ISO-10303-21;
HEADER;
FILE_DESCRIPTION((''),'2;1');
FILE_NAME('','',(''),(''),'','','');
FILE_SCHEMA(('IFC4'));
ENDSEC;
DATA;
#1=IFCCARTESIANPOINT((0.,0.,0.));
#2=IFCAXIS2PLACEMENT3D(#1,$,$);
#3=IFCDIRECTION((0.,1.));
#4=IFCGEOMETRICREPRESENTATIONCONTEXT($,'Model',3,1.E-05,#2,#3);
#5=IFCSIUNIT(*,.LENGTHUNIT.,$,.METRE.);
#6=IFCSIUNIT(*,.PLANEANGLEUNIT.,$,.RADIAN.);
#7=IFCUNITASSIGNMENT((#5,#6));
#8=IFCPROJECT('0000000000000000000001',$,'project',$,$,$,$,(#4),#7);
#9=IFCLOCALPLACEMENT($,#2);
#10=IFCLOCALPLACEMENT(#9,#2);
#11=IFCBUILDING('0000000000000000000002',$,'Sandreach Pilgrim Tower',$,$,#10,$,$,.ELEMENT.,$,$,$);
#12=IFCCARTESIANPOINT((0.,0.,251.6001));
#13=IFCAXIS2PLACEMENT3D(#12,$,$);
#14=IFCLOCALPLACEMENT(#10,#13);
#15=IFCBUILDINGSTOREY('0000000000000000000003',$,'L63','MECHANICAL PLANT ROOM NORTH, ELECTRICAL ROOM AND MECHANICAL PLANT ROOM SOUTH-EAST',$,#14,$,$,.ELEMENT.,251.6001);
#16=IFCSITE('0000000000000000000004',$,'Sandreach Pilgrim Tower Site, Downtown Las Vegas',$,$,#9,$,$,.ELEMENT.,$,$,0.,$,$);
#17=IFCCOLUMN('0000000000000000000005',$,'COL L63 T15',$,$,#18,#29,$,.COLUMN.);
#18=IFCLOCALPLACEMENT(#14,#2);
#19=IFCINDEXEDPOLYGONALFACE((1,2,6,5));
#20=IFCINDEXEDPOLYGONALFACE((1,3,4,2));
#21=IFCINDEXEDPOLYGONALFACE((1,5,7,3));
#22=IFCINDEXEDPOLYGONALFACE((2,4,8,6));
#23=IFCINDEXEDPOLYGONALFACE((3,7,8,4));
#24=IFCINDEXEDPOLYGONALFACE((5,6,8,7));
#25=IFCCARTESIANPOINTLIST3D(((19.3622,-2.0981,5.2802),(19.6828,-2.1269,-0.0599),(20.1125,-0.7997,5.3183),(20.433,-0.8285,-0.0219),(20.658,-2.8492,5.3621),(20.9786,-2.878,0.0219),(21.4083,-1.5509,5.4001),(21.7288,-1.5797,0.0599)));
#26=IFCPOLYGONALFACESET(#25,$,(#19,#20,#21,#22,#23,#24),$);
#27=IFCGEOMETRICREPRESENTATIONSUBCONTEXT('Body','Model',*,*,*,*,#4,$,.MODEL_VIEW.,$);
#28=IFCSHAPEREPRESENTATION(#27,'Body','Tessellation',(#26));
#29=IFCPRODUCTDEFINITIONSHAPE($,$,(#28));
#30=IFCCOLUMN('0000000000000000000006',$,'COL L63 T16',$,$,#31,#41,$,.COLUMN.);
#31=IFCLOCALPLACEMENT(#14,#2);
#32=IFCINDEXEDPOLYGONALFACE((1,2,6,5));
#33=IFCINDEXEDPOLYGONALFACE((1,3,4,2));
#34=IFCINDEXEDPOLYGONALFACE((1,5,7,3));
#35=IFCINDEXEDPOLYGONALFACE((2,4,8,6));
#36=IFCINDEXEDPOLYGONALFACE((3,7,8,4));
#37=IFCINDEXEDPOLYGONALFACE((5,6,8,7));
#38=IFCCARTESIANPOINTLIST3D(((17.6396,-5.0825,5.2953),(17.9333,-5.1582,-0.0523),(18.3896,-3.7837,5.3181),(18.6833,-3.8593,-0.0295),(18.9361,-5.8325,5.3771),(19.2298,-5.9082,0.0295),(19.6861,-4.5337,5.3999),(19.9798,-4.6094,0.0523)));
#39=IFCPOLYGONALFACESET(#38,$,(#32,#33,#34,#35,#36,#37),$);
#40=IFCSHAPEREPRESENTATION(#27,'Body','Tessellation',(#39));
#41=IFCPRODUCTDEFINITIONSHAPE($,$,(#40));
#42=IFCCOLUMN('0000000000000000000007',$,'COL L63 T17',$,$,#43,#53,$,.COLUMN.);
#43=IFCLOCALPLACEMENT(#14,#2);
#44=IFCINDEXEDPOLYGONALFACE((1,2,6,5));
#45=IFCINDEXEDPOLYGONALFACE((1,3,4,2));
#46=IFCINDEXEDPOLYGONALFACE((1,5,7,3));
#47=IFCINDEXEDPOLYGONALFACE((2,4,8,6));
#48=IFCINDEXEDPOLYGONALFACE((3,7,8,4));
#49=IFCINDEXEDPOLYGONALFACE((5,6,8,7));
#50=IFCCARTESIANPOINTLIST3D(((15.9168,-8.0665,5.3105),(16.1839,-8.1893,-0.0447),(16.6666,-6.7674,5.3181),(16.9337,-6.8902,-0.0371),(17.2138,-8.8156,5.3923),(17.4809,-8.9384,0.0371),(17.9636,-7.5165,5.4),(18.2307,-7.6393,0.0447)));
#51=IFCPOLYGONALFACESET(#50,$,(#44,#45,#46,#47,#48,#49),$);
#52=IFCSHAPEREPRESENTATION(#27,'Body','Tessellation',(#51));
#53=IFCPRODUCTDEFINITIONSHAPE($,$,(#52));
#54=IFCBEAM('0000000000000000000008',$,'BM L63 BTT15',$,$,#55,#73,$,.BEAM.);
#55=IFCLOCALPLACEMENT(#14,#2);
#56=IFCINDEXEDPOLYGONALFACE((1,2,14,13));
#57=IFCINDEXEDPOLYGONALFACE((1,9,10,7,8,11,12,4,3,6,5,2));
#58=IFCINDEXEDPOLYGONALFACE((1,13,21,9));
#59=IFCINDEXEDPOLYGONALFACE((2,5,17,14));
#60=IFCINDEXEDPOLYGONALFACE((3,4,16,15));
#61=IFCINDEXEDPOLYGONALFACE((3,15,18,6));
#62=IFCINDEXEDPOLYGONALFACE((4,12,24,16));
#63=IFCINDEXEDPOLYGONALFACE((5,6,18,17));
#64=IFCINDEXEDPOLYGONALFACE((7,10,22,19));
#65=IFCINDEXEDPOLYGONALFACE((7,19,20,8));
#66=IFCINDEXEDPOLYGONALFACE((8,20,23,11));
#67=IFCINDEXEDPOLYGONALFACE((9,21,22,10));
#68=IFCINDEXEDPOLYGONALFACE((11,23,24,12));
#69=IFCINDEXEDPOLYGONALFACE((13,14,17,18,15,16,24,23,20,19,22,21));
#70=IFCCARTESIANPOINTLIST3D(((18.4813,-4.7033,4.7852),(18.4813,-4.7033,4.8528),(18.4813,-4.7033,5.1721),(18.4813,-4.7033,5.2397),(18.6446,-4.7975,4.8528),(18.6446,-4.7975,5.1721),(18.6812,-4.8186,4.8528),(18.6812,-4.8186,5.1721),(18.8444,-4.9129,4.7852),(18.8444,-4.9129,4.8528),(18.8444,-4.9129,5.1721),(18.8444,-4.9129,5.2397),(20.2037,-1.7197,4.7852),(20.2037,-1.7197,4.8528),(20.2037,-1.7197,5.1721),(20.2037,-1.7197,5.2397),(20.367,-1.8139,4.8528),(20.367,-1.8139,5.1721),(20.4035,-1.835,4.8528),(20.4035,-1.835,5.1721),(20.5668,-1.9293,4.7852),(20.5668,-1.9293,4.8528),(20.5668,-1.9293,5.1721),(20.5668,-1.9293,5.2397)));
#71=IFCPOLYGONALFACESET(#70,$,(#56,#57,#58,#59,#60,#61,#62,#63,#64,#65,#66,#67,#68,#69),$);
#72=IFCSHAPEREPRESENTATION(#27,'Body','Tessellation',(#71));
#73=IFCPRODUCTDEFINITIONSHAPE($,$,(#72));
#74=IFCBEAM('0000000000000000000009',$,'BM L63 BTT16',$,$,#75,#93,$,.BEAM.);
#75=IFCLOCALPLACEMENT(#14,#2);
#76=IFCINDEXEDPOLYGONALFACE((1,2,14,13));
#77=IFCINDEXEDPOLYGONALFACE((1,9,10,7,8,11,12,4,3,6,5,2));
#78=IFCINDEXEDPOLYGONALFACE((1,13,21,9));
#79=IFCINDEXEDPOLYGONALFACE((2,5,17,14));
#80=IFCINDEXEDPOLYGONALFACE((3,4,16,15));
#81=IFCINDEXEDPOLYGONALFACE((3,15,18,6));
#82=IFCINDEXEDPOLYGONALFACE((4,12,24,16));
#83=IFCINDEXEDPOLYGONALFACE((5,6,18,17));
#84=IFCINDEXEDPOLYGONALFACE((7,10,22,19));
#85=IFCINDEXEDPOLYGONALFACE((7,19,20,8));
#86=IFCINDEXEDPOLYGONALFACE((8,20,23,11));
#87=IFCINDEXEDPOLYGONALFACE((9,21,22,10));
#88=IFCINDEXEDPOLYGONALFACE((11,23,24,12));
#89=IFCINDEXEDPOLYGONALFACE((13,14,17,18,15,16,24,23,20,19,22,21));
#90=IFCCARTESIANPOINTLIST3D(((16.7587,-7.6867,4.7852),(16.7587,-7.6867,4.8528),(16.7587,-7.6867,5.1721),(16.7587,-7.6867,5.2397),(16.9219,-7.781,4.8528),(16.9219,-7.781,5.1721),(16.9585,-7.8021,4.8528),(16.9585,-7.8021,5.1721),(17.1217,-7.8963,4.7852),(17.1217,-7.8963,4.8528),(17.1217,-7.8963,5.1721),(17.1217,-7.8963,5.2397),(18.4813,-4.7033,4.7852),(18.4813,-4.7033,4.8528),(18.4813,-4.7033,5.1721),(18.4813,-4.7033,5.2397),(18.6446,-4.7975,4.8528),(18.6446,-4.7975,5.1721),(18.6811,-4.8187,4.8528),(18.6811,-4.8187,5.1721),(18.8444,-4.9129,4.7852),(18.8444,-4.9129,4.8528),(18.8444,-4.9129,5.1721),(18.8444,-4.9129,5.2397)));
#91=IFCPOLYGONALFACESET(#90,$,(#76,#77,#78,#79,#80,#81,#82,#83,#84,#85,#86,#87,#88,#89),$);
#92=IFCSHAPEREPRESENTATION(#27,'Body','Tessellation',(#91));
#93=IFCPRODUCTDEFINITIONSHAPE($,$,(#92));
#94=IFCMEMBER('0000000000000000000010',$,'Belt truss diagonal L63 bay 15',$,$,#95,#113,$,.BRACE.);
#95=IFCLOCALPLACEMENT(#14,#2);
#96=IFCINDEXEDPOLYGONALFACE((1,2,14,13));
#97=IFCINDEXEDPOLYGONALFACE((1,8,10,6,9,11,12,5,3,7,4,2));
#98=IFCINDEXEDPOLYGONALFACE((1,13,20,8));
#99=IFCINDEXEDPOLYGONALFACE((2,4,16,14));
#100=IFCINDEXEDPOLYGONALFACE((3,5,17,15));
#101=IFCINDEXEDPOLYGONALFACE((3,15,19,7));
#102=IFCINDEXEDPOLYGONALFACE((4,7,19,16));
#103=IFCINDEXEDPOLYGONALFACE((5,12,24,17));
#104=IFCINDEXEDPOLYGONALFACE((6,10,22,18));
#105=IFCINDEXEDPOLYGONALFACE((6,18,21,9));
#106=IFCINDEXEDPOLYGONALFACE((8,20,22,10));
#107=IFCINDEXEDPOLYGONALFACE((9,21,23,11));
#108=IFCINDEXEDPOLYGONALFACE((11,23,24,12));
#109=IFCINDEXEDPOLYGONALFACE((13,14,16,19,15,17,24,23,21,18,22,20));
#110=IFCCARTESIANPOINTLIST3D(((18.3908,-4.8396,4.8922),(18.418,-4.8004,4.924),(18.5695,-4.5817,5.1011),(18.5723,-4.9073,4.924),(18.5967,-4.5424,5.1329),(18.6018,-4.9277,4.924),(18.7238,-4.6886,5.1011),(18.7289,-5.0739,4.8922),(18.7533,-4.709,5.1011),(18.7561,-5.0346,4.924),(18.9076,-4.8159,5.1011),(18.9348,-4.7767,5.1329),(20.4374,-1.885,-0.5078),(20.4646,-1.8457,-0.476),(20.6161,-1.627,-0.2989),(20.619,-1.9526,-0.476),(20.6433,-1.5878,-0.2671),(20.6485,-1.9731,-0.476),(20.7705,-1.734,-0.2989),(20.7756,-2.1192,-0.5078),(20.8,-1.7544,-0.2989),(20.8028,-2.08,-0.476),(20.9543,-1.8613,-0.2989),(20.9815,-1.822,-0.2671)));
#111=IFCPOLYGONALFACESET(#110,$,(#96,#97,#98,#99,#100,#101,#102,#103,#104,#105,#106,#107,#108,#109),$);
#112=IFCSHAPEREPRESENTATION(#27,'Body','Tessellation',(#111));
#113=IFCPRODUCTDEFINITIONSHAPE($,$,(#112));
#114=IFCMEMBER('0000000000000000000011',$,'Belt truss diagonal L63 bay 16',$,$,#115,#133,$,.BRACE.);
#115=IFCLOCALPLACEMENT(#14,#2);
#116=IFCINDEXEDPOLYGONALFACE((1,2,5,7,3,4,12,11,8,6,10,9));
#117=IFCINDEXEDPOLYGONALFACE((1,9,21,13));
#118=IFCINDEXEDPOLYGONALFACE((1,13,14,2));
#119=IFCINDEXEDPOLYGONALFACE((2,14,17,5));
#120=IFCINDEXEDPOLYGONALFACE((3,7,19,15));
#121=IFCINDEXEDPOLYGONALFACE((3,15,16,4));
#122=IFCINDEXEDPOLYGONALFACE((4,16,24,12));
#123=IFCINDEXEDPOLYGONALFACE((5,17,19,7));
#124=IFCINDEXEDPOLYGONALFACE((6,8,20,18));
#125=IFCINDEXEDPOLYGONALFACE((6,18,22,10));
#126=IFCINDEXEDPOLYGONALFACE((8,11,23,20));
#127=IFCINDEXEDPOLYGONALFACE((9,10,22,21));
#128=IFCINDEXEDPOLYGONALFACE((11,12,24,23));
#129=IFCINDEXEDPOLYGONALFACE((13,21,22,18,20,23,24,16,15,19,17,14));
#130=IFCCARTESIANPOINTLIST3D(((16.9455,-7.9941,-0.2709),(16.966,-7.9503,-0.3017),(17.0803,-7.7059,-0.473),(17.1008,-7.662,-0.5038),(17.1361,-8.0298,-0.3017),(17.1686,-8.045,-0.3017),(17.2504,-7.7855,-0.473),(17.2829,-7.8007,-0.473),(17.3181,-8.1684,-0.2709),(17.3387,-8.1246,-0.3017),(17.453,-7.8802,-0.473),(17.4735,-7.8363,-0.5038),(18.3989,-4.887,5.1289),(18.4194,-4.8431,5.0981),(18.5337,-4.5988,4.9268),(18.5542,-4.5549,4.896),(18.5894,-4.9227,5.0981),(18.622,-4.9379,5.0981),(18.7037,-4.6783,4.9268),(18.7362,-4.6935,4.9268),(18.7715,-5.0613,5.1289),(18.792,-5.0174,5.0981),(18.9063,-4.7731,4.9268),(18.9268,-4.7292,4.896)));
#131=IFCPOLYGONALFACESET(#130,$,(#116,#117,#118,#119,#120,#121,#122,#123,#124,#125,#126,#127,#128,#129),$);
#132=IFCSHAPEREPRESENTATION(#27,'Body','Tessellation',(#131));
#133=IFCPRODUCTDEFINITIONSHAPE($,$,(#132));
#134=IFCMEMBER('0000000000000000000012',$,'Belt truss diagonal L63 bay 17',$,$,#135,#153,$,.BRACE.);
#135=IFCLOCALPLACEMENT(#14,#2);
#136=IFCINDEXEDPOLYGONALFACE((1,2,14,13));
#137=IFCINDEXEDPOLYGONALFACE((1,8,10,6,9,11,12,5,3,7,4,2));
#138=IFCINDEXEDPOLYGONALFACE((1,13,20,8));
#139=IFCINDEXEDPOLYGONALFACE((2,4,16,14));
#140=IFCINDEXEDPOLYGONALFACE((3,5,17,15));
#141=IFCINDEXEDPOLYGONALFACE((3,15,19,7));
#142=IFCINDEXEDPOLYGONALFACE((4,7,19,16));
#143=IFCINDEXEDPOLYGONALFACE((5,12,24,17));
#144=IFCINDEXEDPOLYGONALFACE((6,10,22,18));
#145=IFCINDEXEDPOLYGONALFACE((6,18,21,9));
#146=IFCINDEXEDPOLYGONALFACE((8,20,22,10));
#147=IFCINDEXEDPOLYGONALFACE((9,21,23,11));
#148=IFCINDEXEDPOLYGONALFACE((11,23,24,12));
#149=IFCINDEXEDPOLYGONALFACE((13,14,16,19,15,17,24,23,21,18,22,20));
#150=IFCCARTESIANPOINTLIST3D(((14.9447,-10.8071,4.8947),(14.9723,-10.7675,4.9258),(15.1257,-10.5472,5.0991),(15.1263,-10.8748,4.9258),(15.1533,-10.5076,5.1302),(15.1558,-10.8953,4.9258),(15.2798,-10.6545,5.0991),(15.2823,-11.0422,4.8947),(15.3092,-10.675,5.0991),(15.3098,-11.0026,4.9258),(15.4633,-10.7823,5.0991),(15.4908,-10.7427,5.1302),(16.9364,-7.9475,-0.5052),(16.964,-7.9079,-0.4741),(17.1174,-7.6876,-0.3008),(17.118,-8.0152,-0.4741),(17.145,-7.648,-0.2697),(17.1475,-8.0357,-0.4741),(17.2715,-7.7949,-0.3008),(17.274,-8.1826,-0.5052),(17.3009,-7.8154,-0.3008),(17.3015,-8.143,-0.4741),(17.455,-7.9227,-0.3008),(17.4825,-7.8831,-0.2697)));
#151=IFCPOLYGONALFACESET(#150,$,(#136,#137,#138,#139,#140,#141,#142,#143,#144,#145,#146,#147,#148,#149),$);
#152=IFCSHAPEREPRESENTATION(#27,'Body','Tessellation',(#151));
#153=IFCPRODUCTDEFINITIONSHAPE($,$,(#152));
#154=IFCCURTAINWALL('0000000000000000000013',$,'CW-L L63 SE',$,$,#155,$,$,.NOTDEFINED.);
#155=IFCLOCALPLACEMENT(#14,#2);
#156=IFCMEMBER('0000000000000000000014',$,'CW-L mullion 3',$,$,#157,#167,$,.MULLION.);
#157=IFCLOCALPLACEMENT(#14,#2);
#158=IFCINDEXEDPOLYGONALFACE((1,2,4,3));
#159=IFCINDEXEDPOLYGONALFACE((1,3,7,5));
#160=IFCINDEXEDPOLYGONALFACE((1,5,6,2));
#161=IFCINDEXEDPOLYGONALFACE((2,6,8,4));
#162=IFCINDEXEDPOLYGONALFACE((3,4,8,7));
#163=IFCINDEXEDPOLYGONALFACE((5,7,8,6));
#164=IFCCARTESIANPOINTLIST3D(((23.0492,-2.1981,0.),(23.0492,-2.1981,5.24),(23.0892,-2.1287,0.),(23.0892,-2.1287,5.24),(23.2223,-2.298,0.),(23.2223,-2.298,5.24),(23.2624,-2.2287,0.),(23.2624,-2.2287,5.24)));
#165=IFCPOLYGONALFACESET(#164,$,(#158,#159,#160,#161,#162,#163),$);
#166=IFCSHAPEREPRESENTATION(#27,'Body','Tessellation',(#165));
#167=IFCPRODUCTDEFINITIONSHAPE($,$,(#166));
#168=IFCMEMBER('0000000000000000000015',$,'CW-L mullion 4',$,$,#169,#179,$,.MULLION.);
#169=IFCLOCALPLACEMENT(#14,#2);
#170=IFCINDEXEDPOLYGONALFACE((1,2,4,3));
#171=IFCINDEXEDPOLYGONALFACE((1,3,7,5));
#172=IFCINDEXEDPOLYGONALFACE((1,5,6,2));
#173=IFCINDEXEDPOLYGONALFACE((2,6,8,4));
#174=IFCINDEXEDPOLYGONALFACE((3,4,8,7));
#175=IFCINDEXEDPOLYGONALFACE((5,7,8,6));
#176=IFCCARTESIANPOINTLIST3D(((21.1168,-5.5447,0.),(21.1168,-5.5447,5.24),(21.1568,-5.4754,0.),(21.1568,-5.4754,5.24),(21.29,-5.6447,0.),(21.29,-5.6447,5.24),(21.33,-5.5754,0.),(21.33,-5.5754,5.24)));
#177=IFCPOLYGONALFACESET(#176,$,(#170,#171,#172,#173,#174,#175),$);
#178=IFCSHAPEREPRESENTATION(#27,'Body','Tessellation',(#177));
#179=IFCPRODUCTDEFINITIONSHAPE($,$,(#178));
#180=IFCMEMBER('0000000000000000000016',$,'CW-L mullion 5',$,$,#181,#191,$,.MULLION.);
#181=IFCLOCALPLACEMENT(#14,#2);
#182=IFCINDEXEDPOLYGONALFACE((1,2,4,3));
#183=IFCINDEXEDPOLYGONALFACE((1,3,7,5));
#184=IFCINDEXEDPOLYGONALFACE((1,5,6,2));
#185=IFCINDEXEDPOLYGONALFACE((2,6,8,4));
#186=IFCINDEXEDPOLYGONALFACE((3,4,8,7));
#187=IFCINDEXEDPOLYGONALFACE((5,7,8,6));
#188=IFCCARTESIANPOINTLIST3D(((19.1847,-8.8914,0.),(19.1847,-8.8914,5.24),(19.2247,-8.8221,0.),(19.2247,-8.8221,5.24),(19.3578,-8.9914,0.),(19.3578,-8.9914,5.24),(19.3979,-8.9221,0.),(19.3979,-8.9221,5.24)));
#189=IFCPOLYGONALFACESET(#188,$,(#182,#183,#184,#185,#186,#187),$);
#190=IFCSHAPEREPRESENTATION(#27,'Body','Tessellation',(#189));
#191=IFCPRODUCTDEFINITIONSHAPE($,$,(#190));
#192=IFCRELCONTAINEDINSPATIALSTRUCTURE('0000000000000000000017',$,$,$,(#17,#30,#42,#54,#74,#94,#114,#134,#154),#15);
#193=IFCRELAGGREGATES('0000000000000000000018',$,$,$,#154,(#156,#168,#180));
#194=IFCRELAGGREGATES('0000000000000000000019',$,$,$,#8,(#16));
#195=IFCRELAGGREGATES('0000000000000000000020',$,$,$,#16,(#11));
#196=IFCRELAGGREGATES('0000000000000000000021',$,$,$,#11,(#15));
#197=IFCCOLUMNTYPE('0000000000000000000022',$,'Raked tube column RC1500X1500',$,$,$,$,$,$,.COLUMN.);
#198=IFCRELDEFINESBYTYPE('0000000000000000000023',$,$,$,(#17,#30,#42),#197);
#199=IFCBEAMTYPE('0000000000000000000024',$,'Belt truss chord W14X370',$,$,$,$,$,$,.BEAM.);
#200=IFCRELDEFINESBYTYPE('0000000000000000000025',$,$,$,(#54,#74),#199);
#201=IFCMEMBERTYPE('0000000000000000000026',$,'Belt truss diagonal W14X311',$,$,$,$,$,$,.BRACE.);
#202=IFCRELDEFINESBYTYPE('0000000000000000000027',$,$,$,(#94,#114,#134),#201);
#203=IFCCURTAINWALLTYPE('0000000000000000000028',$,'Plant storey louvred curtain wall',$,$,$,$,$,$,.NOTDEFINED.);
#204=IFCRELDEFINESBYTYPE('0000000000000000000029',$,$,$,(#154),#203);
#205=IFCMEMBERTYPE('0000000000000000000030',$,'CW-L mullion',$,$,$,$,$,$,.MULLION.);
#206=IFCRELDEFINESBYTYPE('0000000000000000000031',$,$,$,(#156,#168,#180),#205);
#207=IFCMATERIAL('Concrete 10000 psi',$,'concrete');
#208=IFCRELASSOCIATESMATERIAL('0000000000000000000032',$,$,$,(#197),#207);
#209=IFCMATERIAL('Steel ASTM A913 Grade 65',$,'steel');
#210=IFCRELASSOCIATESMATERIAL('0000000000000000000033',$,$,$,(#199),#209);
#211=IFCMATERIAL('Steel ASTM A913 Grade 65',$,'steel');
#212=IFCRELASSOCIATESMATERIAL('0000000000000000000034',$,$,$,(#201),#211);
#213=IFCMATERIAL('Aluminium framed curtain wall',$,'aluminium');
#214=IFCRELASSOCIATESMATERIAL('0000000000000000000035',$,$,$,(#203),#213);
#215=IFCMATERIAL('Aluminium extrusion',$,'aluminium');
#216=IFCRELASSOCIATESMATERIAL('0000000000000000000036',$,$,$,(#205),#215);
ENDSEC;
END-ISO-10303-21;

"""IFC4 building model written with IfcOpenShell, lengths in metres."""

from ifc_helpers import new_model, si_unit, direction, frame, origin, origin_2d, place, context, subcontext, project, spatial, rectangle, i_section, extrude, material, material_profile, profile_set, type_object, element, aggregate, save


model = new_model("IFC4")

# Units and contexts
model_context = context("Model", 3, precision=1e-05, world=origin(), true_north=direction((0.0, 1.0)))
body_context = subcontext(model_context, "Body", "Model", "MODEL_VIEW")
ifc_project = project(units=[si_unit("LENGTHUNIT", "METRE"), si_unit("PLANEANGLEUNIT", "RADIAN")], contexts=[model_context])

# Site, building, storey
site_placement = place(None, origin())
site = spatial("IfcSite", under=ifc_project, at=site_placement, Name="Sandreach Pilgrim Tower Site, Downtown Las Vegas", CompositionType="ELEMENT", RefElevation=0.0)
building_placement = place(site_placement, origin())
building = spatial("IfcBuilding", under=site, at=building_placement, Name="Sandreach Pilgrim Tower", CompositionType="ELEMENT")
storey_placement = place(building_placement, frame((0.0, 0.0, 251.6001)))
storey = spatial("IfcBuildingStorey", under=building, at=storey_placement, Name="L63", Description="MECHANICAL PLANT ROOM NORTH, ELECTRICAL ROOM AND MECHANICAL PLANT ROOM SOUTH-EAST", CompositionType="ELEMENT", Elevation=251.6001)

# Columns
ifc_material_1 = material(Name="Concrete 10000 psi", Category="concrete")
ifc_material_profile_1 = material_profile(ifc_material_1, rectangle(XDim=1.5, YDim=1.5, at=origin_2d()), Name="RC1500X1500")
ifc_profile_set_1 = profile_set([ifc_material_profile_1], Name="Concrete 10000 psi")
column_type = type_object("IfcColumnType", Name="Raked tube column RC1500X1500", PredefinedType="COLUMN", material=ifc_profile_set_1)
column_1_placement = place(storey_placement, frame((20.7058, -1.8533, 0.0), z_axis=(-0.05992, 0.005385, 0.998189), x_axis=(0.86386, -0.500769, 0.054558)))
element("IfcColumn", 1, at=column_1_placement, inside=storey, type_object=column_type, Name="COL L63 T15", PredefinedType="COLUMN", context=body_context, shape_type="SweptSolid", body=[
    extrude(rectangle(XDim=1.5, YDim=1.5, at=origin_2d()), origin(), (0.0, 0.0, 1.0), 5.3499),
])
column_2_placement = place(storey_placement, frame((18.9565, -4.8838, 0.0), z_axis=(-0.054833, 0.01413, 0.998396), x_axis=(0.864291, -0.500026, 0.054545)))
element("IfcColumn", 2, at=column_2_placement, inside=storey, type_object=column_type, Name="COL L63 T16", PredefinedType="COLUMN", context=body_context, shape_type="SweptSolid", body=[
    extrude(rectangle(XDim=1.5, YDim=1.5, at=origin_2d()), origin(), (0.0, 0.0, 1.0), 5.3562),
])
column_3_placement = place(storey_placement, frame((17.2073, -7.9143, 0.0), z_axis=(-0.0498, 0.022897, 0.998497), x_axis=(0.864661, -0.499382, 0.054576)))
element("IfcColumn", 3, at=column_3_placement, inside=storey, type_object=column_type, Name="COL L63 T17", PredefinedType="COLUMN", context=body_context, shape_type="SweptSolid", body=[
    extrude(rectangle(XDim=1.5, YDim=1.5, at=origin_2d()), origin(), (0.0, 0.0, 1.0), 5.3633),
])

# Beams
ifc_material_2 = material(Name="Steel ASTM A913 Grade 65", Category="steel")
ifc_material_profile_2 = material_profile(ifc_material_2, i_section(OverallWidth=0.4192, OverallDepth=0.4546, WebThickness=0.0422, FlangeThickness=0.0676, at=origin_2d()), Name="W14X370")
ifc_profile_set_2 = profile_set([ifc_material_profile_2], Name="Steel ASTM A913 Grade 65")
beam_type_1 = type_object("IfcBeamType", Name="Belt truss chord W14X370", PredefinedType="BEAM", material=ifc_profile_set_2)
for number, where, z_axis, x_axis, name in (
    (4, (20.3853, -1.8245, 5.0125), (-0.499958, -0.86605, 0.0), (0.86605, -0.499958, 0.0), "BM L63 BTT15"),
    (5, (18.6628, -4.8081, 5.0125), (-0.500041, -0.866001, 0.0), (0.866001, -0.500041, 0.0), "BM L63 BTT16"),
):
    element("IfcBeam", number, at=place(storey_placement, frame(where, z_axis=z_axis, x_axis=x_axis)), inside=storey, type_object=beam_type_1, Name=name, PredefinedType="BEAM", context=body_context, shape_type="SweptSolid", body=[
        extrude(i_section(OverallWidth=0.4192, OverallDepth=0.4546, WebThickness=0.0422, FlangeThickness=0.0676, at=origin_2d()), origin(), (0.0, 0.0, 1.0), 3.4451),
    ])

# Members
ifc_material_3 = material(Name="Steel ASTM A913 Grade 65", Category="steel")
ifc_material_profile_3 = material_profile(ifc_material_3, i_section(OverallWidth=0.4114, OverallDepth=0.4343, WebThickness=0.0359, FlangeThickness=0.0574, at=origin_2d()), Name="W14X311")
ifc_profile_set_3 = profile_set([ifc_material_profile_3], Name="Steel ASTM A913 Grade 65")
member_type_1 = type_object("IfcMemberType", Name="Belt truss diagonal W14X311", PredefinedType="BRACE", material=ifc_profile_set_3)
member_1_placement = place(storey_placement, frame((20.7095, -1.8535, -0.3875), z_axis=(-0.315512, -0.455484, 0.832458), x_axis=(0.822043, -0.569425, 0.0)))
element("IfcMember", 6, at=member_1_placement, inside=storey, type_object=member_type_1, Name="Belt truss diagonal L63 bay 15", PredefinedType="BRACE", context=body_context, shape_type="SweptSolid", body=[
    extrude(i_section(OverallWidth=0.4114, OverallDepth=0.4343, WebThickness=0.0359, FlangeThickness=0.0574, at=origin_2d()), origin(), (0.0, 0.0, 1.0), 6.4868),
])
member_2_placement = place(storey_placement, frame((18.6628, -4.8081, 5.0125), z_axis=(-0.227184, -0.485699, -0.844087), x_axis=(0.905808, -0.423688, 0.0)))
element("IfcMember", 7, at=member_2_placement, inside=storey, type_object=member_type_1, Name="Belt truss diagonal L63 bay 16", PredefinedType="BRACE", context=body_context, shape_type="SweptSolid", body=[
    extrude(i_section(OverallWidth=0.4114, OverallDepth=0.4343, WebThickness=0.0359, FlangeThickness=0.0574, at=origin_2d()), origin(), (0.0, 0.0, 1.0), 6.3972),
])
member_3_placement = place(storey_placement, frame((17.2095, -7.9153, -0.3875), z_axis=(-0.309907, -0.444955, 0.840222), x_axis=(0.820582, -0.571528, 0.0)))
element("IfcMember", 8, at=member_3_placement, inside=storey, type_object=member_type_1, Name="Belt truss diagonal L63 bay 17", PredefinedType="BRACE", context=body_context, shape_type="SweptSolid", body=[
    extrude(i_section(OverallWidth=0.4114, OverallDepth=0.4343, WebThickness=0.0359, FlangeThickness=0.0574, at=origin_2d()), origin(), (0.0, 0.0, 1.0), 6.4268),
])

# Curtain wall, members
ifc_material_4 = material(Name="Aluminium framed curtain wall", Category="aluminium")
curtain_wall_type = type_object("IfcCurtainWallType", Name="Plant storey louvred curtain wall", PredefinedType="NOTDEFINED", material=ifc_material_4)
curtain_wall_placement = place(storey_placement, origin())
curtain_wall = element("IfcCurtainWall", 9, at=curtain_wall_placement, inside=storey, type_object=curtain_wall_type, Name="CW-L L63 SE", PredefinedType="NOTDEFINED")
ifc_material_5 = material(Name="Aluminium extrusion", Category="aluminium")
ifc_material_profile_4 = material_profile(ifc_material_5, rectangle(XDim=0.0801, YDim=0.2, at=origin_2d()), Name="CW-LM 80X200")
ifc_profile_set_4 = profile_set([ifc_material_profile_4], Name="Aluminium extrusion")
member_type_2 = type_object("IfcMemberType", Name="CW-L mullion", PredefinedType="MULLION", material=ifc_profile_set_4)
member_4_placement = place(storey_placement, frame((23.1558, -2.2134, 0.0), z_axis=(0.0, 0.0, 1.0), x_axis=(-0.5, -0.866025, 0.0)))
member_4 = element("IfcMember", 10, at=member_4_placement, type_object=member_type_2, Name="CW-L mullion 3", PredefinedType="MULLION", context=body_context, shape_type="SweptSolid", body=[
    extrude(rectangle(XDim=0.0801, YDim=0.2, at=origin_2d()), origin(), (0.0, 0.0, 1.0), 5.24),
])
member_5_placement = place(storey_placement, frame((21.2234, -5.5601, 0.0), z_axis=(0.0, 0.0, 1.0), x_axis=(-0.5, -0.866025, 0.0)))
member_5 = element("IfcMember", 11, at=member_5_placement, type_object=member_type_2, Name="CW-L mullion 4", PredefinedType="MULLION", context=body_context, shape_type="SweptSolid", body=[
    extrude(rectangle(XDim=0.0801, YDim=0.2, at=origin_2d()), origin(), (0.0, 0.0, 1.0), 5.24),
])
member_6_placement = place(storey_placement, frame((19.2913, -8.9067, 0.0), z_axis=(0.0, 0.0, 1.0), x_axis=(-0.5, -0.866025, 0.0)))
member_6 = element("IfcMember", 12, at=member_6_placement, type_object=member_type_2, Name="CW-L mullion 5", PredefinedType="MULLION", context=body_context, shape_type="SweptSolid", body=[
    extrude(rectangle(XDim=0.0801, YDim=0.2, at=origin_2d()), origin(), (0.0, 0.0, 1.0), 5.24),
])

aggregate(curtain_wall, [member_4, member_5, member_6])

save(model, "model.ifc")
